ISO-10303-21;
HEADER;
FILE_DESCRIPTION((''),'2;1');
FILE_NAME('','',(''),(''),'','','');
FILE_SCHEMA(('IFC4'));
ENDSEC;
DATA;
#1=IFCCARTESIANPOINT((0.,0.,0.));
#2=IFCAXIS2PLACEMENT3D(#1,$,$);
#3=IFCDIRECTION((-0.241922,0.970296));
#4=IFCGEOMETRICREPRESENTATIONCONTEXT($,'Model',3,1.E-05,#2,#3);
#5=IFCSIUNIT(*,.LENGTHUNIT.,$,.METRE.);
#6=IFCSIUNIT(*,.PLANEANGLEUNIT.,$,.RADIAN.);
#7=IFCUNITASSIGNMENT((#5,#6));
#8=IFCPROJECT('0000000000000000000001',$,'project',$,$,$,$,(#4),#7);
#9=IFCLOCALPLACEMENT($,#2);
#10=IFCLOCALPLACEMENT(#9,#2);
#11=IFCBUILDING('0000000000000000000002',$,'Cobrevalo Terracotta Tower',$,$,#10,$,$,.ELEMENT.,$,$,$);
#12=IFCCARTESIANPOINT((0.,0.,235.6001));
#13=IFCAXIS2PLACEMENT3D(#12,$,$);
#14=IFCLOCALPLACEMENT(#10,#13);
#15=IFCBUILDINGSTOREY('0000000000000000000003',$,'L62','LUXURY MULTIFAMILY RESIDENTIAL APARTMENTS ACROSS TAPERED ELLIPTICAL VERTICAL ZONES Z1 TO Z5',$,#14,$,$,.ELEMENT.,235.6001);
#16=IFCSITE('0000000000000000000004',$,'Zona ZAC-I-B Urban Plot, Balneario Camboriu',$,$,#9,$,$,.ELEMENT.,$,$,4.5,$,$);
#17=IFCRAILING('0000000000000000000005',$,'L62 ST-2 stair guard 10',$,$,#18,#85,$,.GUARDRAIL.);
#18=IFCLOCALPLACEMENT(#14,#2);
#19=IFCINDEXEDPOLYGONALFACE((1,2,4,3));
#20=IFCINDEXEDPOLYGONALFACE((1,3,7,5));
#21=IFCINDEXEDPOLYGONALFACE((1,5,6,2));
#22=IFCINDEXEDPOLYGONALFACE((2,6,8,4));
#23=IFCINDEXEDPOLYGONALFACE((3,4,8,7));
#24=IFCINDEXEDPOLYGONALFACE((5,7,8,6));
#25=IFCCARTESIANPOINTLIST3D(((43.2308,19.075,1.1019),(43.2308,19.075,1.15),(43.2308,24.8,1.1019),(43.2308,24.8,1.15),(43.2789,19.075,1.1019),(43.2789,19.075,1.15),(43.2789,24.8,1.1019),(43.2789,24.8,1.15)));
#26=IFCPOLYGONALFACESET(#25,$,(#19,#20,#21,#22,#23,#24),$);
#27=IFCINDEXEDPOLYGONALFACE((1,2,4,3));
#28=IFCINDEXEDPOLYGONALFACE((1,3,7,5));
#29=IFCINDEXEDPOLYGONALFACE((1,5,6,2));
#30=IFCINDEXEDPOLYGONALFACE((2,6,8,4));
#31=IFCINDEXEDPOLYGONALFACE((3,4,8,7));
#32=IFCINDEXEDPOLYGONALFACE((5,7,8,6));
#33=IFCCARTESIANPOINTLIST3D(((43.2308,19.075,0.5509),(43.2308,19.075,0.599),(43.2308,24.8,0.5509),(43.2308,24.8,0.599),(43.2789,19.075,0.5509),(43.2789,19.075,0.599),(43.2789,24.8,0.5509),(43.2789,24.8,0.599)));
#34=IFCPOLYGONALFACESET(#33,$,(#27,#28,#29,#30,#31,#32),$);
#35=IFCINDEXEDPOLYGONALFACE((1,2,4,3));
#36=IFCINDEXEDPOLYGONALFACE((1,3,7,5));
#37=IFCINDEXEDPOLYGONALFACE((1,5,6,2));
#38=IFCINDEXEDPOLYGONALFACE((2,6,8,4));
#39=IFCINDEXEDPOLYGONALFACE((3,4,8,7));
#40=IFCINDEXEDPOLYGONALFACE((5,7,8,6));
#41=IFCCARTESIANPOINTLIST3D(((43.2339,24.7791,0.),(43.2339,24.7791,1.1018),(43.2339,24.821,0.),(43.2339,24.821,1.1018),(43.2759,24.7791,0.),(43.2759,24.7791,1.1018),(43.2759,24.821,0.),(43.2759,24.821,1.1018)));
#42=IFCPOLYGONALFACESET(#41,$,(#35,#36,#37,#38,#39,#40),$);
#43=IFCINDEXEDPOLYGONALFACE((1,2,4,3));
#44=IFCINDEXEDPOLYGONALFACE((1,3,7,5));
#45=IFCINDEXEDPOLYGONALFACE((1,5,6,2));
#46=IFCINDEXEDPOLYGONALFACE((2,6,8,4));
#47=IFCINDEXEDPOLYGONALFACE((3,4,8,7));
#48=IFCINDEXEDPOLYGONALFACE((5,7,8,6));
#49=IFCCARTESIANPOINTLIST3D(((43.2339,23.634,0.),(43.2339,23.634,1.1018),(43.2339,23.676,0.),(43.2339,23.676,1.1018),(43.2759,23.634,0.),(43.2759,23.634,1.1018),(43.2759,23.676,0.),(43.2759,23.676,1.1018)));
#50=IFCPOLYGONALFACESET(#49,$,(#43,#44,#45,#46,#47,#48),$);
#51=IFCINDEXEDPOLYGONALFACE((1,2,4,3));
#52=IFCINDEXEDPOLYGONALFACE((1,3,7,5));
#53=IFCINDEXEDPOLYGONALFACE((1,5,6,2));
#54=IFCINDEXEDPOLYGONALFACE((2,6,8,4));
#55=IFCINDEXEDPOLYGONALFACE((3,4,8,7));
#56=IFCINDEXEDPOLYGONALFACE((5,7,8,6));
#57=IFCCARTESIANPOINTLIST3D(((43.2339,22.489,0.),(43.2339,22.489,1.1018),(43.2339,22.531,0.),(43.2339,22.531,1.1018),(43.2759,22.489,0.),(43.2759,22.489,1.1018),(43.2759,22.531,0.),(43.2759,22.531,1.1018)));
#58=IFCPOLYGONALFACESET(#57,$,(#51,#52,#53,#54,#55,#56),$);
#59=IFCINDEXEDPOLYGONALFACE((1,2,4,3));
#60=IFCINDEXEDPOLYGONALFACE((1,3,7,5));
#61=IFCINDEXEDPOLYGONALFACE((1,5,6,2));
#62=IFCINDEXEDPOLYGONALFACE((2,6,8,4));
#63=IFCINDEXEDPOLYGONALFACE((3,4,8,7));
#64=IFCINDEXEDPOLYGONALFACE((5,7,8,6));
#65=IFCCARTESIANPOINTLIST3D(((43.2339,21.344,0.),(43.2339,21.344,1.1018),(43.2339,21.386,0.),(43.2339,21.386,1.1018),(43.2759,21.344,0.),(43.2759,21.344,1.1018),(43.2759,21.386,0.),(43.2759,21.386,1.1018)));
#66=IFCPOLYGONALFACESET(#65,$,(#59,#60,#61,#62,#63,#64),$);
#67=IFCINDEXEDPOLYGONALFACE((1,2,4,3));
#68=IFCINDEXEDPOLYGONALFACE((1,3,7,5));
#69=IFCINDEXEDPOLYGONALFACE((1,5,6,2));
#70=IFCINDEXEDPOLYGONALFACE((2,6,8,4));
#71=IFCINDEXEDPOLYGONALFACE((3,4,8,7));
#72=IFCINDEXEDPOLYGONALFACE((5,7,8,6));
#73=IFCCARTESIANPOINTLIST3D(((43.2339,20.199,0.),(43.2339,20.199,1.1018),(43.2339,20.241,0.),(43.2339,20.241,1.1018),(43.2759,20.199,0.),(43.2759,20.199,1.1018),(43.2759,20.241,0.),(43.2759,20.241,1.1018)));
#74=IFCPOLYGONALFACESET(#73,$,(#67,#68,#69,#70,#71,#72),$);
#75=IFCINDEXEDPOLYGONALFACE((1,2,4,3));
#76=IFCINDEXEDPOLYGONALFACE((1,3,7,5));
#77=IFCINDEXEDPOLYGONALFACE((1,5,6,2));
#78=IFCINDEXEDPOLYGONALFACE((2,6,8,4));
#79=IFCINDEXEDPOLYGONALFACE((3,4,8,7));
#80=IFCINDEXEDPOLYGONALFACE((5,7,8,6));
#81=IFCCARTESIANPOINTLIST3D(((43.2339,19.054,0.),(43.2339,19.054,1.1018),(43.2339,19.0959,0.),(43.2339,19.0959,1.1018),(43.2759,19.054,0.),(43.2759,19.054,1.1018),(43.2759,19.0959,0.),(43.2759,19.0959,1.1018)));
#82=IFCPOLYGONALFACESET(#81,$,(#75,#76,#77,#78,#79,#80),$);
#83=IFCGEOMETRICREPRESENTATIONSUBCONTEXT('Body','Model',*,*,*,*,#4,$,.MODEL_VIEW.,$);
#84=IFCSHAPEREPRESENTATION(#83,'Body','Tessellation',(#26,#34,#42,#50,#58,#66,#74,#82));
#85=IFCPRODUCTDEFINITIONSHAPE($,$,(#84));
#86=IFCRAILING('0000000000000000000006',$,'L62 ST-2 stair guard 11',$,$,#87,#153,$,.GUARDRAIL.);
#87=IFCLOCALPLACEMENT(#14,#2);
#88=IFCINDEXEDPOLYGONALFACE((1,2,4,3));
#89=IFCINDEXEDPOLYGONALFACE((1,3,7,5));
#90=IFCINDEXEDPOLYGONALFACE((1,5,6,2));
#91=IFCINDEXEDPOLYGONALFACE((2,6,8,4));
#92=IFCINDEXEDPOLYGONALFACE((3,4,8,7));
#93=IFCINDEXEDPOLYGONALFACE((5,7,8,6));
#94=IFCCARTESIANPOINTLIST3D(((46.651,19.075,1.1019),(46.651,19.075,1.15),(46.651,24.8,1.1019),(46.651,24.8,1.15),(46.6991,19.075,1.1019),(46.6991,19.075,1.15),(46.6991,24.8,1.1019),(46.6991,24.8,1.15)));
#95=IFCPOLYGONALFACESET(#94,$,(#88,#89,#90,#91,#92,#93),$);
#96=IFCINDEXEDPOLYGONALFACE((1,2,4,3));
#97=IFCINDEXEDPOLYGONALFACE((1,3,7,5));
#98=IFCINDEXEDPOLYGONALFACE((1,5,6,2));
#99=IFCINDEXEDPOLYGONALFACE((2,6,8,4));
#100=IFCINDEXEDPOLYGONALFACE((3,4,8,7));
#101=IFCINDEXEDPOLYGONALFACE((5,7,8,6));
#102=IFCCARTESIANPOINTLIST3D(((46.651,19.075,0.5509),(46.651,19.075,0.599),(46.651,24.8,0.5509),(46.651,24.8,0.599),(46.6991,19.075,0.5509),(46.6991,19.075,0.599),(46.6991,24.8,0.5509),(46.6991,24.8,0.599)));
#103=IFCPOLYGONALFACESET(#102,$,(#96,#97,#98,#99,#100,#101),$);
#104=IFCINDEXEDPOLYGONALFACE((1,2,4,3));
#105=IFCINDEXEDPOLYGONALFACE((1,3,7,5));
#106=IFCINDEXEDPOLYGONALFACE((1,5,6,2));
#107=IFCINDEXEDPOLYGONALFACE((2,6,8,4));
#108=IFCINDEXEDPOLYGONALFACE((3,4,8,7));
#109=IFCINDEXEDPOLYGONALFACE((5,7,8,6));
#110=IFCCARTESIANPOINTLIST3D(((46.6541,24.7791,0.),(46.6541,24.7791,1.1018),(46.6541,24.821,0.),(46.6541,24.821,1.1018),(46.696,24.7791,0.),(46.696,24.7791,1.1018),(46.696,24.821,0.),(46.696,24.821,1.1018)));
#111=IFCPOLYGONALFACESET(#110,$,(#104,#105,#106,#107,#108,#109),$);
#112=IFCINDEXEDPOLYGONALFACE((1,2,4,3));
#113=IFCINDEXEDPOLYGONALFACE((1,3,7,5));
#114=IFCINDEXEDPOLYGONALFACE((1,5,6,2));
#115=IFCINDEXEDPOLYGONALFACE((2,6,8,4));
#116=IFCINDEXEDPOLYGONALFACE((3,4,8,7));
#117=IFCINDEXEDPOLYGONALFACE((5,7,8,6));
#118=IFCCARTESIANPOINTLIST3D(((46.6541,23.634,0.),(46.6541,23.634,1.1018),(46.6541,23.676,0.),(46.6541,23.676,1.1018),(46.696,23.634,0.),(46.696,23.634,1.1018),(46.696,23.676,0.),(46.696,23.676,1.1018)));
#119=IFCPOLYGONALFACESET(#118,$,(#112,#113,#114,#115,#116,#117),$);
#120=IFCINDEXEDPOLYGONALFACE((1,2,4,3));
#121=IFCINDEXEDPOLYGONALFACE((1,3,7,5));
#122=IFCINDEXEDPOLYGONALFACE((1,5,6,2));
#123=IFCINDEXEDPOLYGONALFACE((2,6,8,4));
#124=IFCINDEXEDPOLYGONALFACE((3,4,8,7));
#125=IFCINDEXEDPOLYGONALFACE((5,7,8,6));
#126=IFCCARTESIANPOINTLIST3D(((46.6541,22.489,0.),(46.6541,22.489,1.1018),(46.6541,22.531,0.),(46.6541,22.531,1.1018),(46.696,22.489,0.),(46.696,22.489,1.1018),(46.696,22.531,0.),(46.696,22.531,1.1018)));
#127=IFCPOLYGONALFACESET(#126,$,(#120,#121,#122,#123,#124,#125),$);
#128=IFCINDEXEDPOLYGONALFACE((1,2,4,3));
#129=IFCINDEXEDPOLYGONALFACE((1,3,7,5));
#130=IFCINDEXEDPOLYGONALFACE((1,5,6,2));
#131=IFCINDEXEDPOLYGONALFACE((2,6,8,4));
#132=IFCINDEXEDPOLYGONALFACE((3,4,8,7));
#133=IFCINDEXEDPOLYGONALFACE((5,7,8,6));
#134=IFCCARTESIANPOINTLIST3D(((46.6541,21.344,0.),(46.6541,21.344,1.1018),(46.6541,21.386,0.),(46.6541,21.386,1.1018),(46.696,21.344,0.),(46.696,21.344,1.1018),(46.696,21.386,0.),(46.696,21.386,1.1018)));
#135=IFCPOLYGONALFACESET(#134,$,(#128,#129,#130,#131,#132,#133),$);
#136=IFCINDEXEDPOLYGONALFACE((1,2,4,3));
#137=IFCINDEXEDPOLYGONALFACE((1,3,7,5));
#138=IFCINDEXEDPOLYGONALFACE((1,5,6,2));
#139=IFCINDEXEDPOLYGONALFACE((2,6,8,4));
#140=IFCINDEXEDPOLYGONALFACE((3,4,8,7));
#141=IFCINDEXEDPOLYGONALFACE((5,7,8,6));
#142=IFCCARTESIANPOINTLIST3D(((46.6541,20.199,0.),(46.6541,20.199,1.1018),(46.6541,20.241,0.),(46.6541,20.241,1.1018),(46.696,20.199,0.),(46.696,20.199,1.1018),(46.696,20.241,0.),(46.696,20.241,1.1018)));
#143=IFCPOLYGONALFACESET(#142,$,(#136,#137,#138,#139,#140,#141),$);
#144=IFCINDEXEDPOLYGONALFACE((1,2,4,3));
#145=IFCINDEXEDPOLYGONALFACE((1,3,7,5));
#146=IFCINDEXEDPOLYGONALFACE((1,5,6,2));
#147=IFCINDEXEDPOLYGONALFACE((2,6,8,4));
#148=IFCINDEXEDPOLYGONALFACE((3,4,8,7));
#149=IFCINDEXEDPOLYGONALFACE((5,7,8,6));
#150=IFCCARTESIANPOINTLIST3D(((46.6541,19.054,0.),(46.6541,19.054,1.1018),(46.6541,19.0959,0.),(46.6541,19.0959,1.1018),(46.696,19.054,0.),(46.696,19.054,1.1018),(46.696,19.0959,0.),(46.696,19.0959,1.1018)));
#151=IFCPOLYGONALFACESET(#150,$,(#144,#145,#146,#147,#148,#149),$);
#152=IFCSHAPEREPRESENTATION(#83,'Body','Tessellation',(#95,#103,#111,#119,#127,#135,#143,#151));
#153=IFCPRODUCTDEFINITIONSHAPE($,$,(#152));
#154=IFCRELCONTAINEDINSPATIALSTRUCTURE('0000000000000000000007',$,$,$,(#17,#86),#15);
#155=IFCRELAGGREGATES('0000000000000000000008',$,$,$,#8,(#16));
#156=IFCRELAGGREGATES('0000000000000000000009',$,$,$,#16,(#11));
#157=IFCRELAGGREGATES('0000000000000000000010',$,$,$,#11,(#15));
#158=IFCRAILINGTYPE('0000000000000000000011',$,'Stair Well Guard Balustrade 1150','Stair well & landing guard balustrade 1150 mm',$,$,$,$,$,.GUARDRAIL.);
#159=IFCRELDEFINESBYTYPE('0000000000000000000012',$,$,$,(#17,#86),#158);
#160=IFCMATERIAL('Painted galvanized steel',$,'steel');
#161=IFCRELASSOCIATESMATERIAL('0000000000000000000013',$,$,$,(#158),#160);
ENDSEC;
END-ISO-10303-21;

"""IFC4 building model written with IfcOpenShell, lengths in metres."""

from ifc_helpers import new_model, si_unit, direction, frame, origin, origin_2d, place, context, subcontext, project, spatial, rectangle, extrude, material, type_object, element, save


model = new_model("IFC4")

# Units and contexts
model_context = context("Model", 3, precision=1e-05, world=origin(), true_north=direction((-0.241922, 0.970296)))
body_context = subcontext(model_context, "Body", "Model", "MODEL_VIEW")
ifc_project = project(units=[si_unit("LENGTHUNIT", "METRE"), si_unit("PLANEANGLEUNIT", "RADIAN")], contexts=[model_context])

# Site, building, storey
site_placement = place(None, origin())
site = spatial("IfcSite", under=ifc_project, at=site_placement, Name="Zona ZAC-I-B Urban Plot, Balneario Camboriu", CompositionType="ELEMENT", RefElevation=4.5)
building_placement = place(site_placement, origin())
building = spatial("IfcBuilding", under=site, at=building_placement, Name="Cobrevalo Terracotta Tower", CompositionType="ELEMENT")
storey_placement = place(building_placement, frame((0.0, 0.0, 235.6001)))
storey = spatial("IfcBuildingStorey", under=building, at=storey_placement, Name="L62", Description="LUXURY MULTIFAMILY RESIDENTIAL APARTMENTS ACROSS TAPERED ELLIPTICAL VERTICAL ZONES Z1 TO Z5", CompositionType="ELEMENT", Elevation=235.6001)

# Railings
ifc_material_1 = material(Name="Painted galvanized steel", Category="steel")
railing_type = type_object("IfcRailingType", Name="Stair Well Guard Balustrade 1150", Description="Stair well & landing guard balustrade 1150 mm", PredefinedType="GUARDRAIL", material=ifc_material_1)
for number, where, name in (
    (1, (43.2549, 24.8, 0.0), "L62 ST-2 stair guard 10"),
    (2, (46.675, 24.8, 0.0), "L62 ST-2 stair guard 11"),
):
    element("IfcRailing", number, at=place(storey_placement, frame(where)), inside=storey, type_object=railing_type, Name=name, PredefinedType="GUARDRAIL", context=body_context, shape_type="SweptSolid", body=[
        extrude(rectangle(XDim=0.0481, YDim=0.0481, at=origin_2d()), frame((0.0, 0.0, 1.126), z_axis=(0.0, -1.0, 0.0), x_axis=(1.0, 0.0, 0.0)), (0.0, 0.0, 1.0), 5.7251),
        extrude(rectangle(XDim=0.0481, YDim=0.0481, at=origin_2d()), frame((0.0, 0.0, 0.575), z_axis=(0.0, -1.0, 0.0), x_axis=(1.0, 0.0, 0.0)), (0.0, 0.0, 1.0), 5.7251),
        extrude(rectangle(XDim=0.042, YDim=0.042, at=origin_2d()), origin(), (0.0, 0.0, 1.0), 1.1018),
        extrude(rectangle(XDim=0.042, YDim=0.042, at=origin_2d()), frame((0.0, -1.145, 0.0)), (0.0, 0.0, 1.0), 1.1018),
        extrude(rectangle(XDim=0.042, YDim=0.042, at=origin_2d()), frame((0.0, -2.29, 0.0)), (0.0, 0.0, 1.0), 1.1018),
        extrude(rectangle(XDim=0.042, YDim=0.042, at=origin_2d()), frame((0.0, -3.4351, 0.0)), (0.0, 0.0, 1.0), 1.1018),
        extrude(rectangle(XDim=0.042, YDim=0.042, at=origin_2d()), frame((0.0, -4.5801, 0.0)), (0.0, 0.0, 1.0), 1.1018),
        extrude(rectangle(XDim=0.042, YDim=0.042, at=origin_2d()), frame((0.0, -5.7251, 0.0)), (0.0, 0.0, 1.0), 1.1018),
    ])

save(model, "model.ifc")
